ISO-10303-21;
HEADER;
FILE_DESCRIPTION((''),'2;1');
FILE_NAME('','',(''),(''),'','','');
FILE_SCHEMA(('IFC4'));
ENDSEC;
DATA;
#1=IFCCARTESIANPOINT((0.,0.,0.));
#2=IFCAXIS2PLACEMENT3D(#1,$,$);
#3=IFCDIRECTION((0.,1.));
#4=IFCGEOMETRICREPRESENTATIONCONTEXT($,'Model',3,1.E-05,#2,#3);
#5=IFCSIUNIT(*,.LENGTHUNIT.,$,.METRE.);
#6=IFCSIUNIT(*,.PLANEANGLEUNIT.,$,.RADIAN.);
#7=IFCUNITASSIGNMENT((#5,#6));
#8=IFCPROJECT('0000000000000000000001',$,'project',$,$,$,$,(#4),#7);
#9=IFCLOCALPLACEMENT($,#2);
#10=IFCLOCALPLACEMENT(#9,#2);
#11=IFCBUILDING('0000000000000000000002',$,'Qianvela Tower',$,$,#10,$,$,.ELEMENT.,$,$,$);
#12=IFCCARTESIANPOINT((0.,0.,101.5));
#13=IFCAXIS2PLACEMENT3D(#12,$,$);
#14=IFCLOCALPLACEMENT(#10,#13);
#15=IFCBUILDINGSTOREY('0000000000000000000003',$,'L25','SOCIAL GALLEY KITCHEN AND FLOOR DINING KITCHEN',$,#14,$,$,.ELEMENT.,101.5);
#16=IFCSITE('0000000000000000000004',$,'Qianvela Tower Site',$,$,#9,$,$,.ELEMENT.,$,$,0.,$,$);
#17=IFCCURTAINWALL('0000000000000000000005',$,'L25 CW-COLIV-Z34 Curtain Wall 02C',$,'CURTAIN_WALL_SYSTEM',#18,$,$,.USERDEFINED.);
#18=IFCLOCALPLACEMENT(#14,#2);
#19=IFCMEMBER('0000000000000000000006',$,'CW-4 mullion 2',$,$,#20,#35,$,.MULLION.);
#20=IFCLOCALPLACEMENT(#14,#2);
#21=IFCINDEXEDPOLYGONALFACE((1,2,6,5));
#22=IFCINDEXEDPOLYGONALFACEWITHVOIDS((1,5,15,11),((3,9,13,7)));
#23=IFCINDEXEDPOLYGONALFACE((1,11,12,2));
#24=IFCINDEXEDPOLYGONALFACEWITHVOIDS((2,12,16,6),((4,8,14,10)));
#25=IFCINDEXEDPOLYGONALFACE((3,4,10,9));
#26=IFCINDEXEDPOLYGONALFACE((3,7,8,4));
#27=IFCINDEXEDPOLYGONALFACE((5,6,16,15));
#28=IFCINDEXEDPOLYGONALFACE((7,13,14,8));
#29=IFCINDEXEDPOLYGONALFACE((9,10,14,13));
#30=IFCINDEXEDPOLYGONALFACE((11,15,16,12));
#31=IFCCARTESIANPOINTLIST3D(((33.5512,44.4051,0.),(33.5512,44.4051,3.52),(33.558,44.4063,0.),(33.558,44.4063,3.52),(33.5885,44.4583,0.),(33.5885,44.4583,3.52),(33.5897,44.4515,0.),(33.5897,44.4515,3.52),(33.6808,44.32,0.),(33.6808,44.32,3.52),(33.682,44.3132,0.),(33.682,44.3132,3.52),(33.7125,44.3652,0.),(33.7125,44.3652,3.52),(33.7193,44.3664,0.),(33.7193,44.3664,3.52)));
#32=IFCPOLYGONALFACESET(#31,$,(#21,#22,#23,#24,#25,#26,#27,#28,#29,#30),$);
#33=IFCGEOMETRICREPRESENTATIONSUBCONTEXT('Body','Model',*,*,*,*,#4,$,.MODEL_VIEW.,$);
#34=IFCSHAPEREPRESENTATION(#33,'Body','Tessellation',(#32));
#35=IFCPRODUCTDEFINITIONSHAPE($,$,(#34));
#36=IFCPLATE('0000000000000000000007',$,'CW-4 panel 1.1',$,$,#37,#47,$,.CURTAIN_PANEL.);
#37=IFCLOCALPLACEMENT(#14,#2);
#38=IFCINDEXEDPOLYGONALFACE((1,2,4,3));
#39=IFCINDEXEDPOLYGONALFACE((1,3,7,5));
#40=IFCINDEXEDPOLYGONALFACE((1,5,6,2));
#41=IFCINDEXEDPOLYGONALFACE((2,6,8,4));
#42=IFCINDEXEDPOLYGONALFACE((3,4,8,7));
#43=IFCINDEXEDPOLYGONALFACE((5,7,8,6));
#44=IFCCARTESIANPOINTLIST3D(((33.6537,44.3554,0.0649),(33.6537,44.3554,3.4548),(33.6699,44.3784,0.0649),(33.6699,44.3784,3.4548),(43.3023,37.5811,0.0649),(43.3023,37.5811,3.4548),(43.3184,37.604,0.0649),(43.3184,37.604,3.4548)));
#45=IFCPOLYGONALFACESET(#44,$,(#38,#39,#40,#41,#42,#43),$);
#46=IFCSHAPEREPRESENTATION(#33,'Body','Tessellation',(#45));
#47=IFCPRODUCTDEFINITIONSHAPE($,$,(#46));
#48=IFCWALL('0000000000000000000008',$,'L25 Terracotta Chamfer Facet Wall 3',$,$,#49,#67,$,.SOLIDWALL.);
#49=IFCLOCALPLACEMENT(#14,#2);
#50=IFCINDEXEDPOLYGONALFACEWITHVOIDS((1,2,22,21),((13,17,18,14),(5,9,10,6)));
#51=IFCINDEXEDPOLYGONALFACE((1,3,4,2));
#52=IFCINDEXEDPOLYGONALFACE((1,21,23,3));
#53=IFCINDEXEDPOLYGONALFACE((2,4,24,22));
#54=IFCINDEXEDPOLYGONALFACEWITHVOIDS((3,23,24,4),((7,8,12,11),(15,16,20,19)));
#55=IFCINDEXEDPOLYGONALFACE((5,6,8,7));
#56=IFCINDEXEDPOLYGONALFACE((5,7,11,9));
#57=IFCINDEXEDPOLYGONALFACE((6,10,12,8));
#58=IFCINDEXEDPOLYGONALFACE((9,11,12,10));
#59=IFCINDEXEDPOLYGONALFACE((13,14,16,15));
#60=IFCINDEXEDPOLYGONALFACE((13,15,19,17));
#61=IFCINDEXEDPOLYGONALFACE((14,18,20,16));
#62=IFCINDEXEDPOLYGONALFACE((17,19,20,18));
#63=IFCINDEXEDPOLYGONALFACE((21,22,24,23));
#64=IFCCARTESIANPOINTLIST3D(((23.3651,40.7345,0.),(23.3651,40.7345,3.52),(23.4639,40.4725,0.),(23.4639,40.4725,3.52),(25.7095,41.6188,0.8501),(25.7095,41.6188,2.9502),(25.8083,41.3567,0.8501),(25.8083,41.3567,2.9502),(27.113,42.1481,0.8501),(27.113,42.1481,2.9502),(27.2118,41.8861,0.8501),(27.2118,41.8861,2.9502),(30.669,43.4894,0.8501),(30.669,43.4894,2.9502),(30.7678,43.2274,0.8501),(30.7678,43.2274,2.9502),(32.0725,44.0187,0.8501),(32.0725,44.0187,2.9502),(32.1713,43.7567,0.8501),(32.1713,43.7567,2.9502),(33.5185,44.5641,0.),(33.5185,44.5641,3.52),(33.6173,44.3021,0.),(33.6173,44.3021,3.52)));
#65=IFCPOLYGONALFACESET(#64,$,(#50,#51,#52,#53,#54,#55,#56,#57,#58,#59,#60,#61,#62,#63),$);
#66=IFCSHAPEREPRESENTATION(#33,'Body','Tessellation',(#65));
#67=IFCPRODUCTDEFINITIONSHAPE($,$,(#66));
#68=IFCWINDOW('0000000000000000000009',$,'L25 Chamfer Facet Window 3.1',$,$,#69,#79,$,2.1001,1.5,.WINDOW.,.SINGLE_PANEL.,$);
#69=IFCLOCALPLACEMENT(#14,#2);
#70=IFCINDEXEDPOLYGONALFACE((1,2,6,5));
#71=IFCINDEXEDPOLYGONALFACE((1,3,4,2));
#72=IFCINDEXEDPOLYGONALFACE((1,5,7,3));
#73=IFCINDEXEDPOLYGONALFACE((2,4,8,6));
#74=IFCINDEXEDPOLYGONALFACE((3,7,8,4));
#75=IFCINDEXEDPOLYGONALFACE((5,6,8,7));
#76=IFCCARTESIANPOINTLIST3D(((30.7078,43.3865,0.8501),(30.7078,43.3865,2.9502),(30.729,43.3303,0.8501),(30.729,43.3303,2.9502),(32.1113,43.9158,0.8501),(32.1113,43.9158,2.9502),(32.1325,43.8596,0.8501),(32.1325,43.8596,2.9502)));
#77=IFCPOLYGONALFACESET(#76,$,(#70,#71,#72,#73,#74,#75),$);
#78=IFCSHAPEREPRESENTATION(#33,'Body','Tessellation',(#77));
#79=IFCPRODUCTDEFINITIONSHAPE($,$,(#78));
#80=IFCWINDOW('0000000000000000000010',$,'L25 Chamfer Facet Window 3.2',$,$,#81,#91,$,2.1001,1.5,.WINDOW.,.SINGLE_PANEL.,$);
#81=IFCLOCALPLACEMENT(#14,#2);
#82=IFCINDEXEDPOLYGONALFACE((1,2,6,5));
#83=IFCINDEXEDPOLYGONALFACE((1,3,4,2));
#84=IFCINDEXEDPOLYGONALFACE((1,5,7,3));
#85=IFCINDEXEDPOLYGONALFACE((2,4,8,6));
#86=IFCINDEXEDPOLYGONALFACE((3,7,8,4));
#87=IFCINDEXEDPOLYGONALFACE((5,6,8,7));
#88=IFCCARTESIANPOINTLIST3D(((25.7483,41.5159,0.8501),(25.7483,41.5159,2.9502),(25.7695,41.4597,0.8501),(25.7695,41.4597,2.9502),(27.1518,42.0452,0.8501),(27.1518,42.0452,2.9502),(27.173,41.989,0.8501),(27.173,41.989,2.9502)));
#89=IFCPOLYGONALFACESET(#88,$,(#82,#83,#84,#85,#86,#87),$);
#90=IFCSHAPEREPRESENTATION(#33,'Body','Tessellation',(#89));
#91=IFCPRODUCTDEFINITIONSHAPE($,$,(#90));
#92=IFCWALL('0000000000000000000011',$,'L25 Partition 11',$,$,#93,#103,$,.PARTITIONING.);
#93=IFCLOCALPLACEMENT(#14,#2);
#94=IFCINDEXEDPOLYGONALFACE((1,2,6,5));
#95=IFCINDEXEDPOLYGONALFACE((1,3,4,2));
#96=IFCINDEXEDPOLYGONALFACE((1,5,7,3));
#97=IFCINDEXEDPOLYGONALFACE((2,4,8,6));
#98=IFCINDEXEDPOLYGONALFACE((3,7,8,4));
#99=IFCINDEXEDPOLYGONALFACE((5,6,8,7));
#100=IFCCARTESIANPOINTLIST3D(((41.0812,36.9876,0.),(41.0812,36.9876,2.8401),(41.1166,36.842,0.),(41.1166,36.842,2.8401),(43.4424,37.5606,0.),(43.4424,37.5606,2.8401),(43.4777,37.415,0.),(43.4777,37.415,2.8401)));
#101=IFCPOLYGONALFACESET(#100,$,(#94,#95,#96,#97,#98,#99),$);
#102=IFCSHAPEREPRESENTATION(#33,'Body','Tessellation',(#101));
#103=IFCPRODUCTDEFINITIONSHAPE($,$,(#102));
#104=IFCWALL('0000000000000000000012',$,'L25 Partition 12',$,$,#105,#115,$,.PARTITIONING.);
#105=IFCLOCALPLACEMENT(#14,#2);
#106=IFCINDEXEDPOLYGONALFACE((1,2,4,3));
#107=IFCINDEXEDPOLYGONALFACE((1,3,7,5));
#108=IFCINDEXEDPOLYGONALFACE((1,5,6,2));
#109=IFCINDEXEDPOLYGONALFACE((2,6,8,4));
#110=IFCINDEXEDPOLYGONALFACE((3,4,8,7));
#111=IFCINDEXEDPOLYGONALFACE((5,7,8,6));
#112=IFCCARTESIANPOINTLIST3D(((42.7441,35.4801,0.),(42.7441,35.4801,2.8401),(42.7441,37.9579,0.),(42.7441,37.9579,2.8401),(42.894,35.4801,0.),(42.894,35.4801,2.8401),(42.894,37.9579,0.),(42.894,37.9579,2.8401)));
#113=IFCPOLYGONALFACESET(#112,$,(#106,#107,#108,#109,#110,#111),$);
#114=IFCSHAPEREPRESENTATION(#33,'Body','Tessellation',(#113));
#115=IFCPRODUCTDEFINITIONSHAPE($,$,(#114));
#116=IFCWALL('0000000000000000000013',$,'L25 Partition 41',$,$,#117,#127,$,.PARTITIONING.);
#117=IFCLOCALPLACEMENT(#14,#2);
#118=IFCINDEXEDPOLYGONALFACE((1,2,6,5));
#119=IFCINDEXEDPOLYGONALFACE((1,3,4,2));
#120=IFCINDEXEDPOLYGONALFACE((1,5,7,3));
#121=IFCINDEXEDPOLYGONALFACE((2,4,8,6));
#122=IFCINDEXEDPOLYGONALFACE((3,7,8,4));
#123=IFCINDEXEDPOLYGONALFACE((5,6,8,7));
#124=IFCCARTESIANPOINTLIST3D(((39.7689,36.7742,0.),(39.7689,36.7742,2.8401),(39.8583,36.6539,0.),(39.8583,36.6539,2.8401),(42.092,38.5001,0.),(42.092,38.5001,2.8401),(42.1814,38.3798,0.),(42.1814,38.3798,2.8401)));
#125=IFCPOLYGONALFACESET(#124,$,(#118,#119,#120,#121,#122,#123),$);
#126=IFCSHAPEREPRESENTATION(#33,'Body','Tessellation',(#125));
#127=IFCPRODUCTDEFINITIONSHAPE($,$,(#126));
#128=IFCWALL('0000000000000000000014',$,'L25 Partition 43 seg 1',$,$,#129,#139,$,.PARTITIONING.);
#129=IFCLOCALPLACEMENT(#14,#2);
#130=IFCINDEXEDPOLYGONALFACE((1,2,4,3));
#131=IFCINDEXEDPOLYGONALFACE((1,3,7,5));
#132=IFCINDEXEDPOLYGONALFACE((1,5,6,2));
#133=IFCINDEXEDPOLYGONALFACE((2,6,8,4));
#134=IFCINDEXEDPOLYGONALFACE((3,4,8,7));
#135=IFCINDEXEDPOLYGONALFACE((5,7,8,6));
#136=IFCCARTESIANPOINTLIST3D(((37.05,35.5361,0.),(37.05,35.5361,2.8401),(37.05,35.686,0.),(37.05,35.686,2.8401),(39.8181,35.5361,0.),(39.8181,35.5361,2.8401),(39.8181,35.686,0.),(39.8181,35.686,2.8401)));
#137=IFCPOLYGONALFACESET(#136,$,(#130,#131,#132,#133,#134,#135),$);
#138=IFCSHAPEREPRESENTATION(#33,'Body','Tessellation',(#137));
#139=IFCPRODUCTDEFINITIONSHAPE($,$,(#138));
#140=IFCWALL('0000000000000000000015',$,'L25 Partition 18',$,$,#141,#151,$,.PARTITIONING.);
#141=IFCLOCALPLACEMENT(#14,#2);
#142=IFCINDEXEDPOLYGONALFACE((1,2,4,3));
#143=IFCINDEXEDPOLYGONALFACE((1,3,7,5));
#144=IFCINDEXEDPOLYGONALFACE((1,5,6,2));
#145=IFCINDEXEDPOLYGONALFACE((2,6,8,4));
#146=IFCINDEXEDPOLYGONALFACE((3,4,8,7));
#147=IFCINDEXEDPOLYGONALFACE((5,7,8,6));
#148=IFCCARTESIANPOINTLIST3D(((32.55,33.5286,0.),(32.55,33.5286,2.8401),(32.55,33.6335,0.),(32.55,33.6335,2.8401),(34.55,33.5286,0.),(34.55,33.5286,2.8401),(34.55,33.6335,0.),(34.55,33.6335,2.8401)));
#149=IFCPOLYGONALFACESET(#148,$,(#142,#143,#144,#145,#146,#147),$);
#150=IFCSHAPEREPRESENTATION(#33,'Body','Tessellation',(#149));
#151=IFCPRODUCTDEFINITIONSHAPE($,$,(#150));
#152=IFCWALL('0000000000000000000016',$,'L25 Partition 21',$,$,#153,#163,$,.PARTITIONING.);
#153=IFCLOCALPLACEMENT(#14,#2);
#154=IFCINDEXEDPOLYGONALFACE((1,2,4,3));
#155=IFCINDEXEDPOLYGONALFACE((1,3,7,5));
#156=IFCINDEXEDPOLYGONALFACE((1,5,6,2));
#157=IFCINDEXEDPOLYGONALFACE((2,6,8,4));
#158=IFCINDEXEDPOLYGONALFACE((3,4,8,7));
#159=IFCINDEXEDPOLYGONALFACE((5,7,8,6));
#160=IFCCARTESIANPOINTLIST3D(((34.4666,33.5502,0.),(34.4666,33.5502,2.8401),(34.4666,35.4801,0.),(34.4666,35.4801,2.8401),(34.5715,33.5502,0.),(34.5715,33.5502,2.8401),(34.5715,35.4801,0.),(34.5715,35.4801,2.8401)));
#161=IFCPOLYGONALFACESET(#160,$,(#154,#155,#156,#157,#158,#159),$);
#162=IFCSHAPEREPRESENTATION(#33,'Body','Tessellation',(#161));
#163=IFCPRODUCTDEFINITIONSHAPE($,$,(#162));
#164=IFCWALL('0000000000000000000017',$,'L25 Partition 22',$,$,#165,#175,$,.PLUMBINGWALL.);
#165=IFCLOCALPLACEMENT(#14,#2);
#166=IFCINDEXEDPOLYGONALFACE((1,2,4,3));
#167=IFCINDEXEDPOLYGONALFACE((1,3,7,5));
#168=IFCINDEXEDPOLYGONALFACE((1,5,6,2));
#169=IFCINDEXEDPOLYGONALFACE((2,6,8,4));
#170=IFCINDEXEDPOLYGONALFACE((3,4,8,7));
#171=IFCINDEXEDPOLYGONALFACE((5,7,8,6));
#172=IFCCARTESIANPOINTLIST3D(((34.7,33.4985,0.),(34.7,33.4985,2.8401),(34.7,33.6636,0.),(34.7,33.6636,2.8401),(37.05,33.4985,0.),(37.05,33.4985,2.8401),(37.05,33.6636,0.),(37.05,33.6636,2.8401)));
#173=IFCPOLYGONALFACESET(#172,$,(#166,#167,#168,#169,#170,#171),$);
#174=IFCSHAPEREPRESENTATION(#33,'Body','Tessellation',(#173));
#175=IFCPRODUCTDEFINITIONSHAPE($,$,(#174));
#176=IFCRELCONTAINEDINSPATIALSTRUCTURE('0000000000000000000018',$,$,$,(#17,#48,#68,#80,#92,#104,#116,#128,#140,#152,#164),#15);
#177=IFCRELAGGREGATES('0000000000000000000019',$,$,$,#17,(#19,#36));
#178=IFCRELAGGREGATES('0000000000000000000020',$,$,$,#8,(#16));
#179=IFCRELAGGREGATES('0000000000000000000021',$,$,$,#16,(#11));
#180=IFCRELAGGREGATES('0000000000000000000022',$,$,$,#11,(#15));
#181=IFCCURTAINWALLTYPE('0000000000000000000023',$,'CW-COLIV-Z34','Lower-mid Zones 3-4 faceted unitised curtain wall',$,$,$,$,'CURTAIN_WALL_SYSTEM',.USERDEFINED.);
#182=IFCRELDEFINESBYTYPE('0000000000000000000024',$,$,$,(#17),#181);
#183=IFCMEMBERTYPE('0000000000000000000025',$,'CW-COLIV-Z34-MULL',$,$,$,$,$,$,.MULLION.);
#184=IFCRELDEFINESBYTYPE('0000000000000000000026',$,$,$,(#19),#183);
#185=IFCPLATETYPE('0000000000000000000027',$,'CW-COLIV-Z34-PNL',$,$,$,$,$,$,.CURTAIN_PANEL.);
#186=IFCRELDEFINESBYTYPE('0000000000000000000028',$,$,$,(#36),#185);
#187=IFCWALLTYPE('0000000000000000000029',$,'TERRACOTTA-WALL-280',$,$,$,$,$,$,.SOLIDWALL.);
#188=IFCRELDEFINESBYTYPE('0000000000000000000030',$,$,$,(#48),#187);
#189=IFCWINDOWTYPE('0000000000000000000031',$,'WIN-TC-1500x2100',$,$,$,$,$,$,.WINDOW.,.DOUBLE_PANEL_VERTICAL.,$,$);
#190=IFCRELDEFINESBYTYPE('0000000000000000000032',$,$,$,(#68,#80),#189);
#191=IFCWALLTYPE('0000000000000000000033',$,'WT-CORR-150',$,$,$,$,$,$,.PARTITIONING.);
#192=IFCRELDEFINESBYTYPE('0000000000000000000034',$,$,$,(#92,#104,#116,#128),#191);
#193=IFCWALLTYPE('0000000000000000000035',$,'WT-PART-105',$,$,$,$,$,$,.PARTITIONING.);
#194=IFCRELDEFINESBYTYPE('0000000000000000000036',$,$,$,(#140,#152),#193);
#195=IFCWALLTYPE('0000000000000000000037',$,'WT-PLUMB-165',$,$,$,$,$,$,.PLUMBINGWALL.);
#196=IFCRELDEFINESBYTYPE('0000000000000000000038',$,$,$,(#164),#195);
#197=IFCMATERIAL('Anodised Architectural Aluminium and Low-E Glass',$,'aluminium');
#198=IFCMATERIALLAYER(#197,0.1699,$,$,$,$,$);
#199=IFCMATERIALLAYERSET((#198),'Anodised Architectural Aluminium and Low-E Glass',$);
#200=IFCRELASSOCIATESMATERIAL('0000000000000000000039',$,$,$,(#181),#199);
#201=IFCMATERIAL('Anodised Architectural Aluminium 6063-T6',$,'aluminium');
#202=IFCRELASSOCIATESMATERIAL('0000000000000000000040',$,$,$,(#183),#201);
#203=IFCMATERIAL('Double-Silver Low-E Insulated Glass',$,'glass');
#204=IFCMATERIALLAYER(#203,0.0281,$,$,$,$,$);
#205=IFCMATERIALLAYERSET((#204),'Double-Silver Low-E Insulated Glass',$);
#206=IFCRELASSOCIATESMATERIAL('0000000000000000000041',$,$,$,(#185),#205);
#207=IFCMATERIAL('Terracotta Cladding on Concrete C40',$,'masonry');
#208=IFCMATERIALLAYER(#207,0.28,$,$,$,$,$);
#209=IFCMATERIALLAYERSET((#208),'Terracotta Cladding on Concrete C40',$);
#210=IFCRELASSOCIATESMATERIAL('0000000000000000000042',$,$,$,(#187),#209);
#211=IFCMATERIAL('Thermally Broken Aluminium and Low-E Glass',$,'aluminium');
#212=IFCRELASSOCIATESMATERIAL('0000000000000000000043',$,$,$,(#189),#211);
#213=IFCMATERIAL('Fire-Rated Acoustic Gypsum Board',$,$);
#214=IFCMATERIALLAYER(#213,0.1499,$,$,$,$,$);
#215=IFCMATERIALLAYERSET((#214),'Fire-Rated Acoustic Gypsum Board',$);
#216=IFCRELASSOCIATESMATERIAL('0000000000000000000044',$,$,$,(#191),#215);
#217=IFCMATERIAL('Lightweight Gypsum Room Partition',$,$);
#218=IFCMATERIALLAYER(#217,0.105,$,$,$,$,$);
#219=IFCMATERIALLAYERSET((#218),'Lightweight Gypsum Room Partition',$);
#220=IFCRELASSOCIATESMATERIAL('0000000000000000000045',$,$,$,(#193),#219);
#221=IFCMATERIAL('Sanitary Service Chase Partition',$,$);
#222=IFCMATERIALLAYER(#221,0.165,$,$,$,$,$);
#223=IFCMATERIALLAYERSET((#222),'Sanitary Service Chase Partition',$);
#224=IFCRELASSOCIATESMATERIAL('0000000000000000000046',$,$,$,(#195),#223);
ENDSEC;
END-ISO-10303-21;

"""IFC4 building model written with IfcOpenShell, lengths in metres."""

from ifc_helpers import new_model, si_unit, direction, frame, frame_2d, origin, origin_2d, place, context, subcontext, project, spatial, rectangle, hollow_rectangle, extrude, material, layer, layer_set, material_profile, profile_set, type_object, element, fill, aggregate, save


model = new_model("IFC4")

# Units and contexts
model_context = context("Model", 3, precision=1e-05, world=origin(), true_north=direction((0.0, 1.0)))
body_context = subcontext(model_context, "Body", "Model", "MODEL_VIEW")
ifc_project = project(units=[si_unit("LENGTHUNIT", "METRE"), si_unit("PLANEANGLEUNIT", "RADIAN")], contexts=[model_context])

# Site, building, storey
site_placement = place(None, origin())
site = spatial("IfcSite", under=ifc_project, at=site_placement, Name="Qianvela Tower Site", CompositionType="ELEMENT", RefElevation=0.0)
building_placement = place(site_placement, origin())
building = spatial("IfcBuilding", under=site, at=building_placement, Name="Qianvela Tower", CompositionType="ELEMENT")
storey_placement = place(building_placement, frame((0.0, 0.0, 101.5)))
storey = spatial("IfcBuildingStorey", under=building, at=storey_placement, Name="L25", Description="SOCIAL GALLEY KITCHEN AND FLOOR DINING KITCHEN", CompositionType="ELEMENT", Elevation=101.5)

# Curtain wall, member, plate
ifc_material_1 = material(Name="Anodised Architectural Aluminium and Low-E Glass", Category="aluminium")
ifc_layer_1 = layer(ifc_material_1, 0.1699)
ifc_layer_set_1 = layer_set([ifc_layer_1], Name="Anodised Architectural Aluminium and Low-E Glass")
curtain_wall_type = type_object("IfcCurtainWallType", Name="CW-COLIV-Z34", Description="Lower-mid Zones 3-4 faceted unitised curtain wall", ElementType="CURTAIN_WALL_SYSTEM", PredefinedType="USERDEFINED", material=ifc_layer_set_1)
curtain_wall_placement = place(storey_placement, origin())
curtain_wall = element("IfcCurtainWall", 1, at=curtain_wall_placement, inside=storey, type_object=curtain_wall_type, Name="L25 CW-COLIV-Z34 Curtain Wall 02C", ObjectType="CURTAIN_WALL_SYSTEM", PredefinedType="USERDEFINED")
ifc_material_2 = material(Name="Anodised Architectural Aluminium 6063-T6", Category="aluminium")
ifc_material_profile = material_profile(ifc_material_2, hollow_rectangle(XDim=0.0649, YDim=0.1599, WallThickness=0.0049, at=origin_2d()), Name="ALU-MULL-65x160")
ifc_profile_set = profile_set([ifc_material_profile], Name="Anodised Architectural Aluminium 6063-T6")
member_type = type_object("IfcMemberType", Name="CW-COLIV-Z34-MULL", PredefinedType="MULLION", material=ifc_profile_set)
member_placement = place(storey_placement, frame((33.6353, 44.3857, 0.0), z_axis=(0.0, 0.0, 1.0), x_axis=(-0.574622, -0.818419, 0.0)))
member = element("IfcMember", 2, at=member_placement, type_object=member_type, Name="CW-4 mullion 2", PredefinedType="MULLION", context=body_context, shape_type="SweptSolid", body=[
    extrude(hollow_rectangle(XDim=0.0649, YDim=0.1599, WallThickness=0.0049, at=origin_2d()), origin(), (0.0, 0.0, 1.0), 3.52),
])
ifc_material_3 = material(Name="Double-Silver Low-E Insulated Glass", Category="glass")
ifc_layer_2 = layer(ifc_material_3, 0.0281)
ifc_layer_set_2 = layer_set([ifc_layer_2], Name="Double-Silver Low-E Insulated Glass")
plate_type = type_object("IfcPlateType", Name="CW-COLIV-Z34-PNL", PredefinedType="CURTAIN_PANEL", material=ifc_layer_set_2)
plate_placement = place(storey_placement, frame((38.4861, 40.9797, 0.0649), z_axis=(0.0, 0.0, 1.0), x_axis=(-0.818419, 0.574622, 0.0)))
plate = element("IfcPlate", 3, at=plate_placement, type_object=plate_type, Name="CW-4 panel 1.1", PredefinedType="CURTAIN_PANEL", context=body_context, shape_type="SweptSolid", body=[
    extrude(rectangle(XDim=11.7893, YDim=0.0281, at=origin_2d()), origin(), (0.0, 0.0, 1.0), 3.3899),
])
aggregate(curtain_wall, [member, plate])

# Wall, openings, windows
ifc_material_4 = material(Name="Terracotta Cladding on Concrete C40", Category="masonry")
ifc_layer_3 = layer(ifc_material_4, 0.28)
ifc_layer_set_3 = layer_set([ifc_layer_3], Name="Terracotta Cladding on Concrete C40")
wall_type_1 = type_object("IfcWallType", Name="TERRACOTTA-WALL-280", PredefinedType="SOLIDWALL", material=ifc_layer_set_3)
wall_1_placement = place(storey_placement, frame((33.5679, 44.4331, 0.0), z_axis=(0.0, 0.0, 1.0), x_axis=(-0.935658, -0.352908, 0.0)))
wall_1 = element("IfcWall", 4, at=wall_1_placement, inside=storey, type_object=wall_type_1, Name="L25 Terracotta Chamfer Facet Wall 3", PredefinedType="SOLIDWALL", context=body_context, shape_type="SweptSolid", body=[
    extrude(rectangle(XDim=10.8516, YDim=0.28, at=frame_2d((5.4258, 0.0))), origin(), (0.0, 0.0, 1.0), 3.52),
])
opening_1_placement = place(wall_1_placement, frame((1.5454, 0.0, 0.8501)))
opening_1 = element("IfcOpeningElement", 5, at=opening_1_placement, cuts=wall_1, PredefinedType="OPENING", context=body_context, shape_type="SweptSolid", body=[
    extrude(rectangle(XDim=1.5, YDim=2.1001, at=frame_2d((0.75, 1.05))), frame((0.0, 0.1499, 0.0), z_axis=(0.0, -1.0, 0.0), x_axis=(1.0, 0.0, 0.0)), (0.0, 0.0, 1.0), 0.3),
])
opening_2_placement = place(wall_1_placement, frame((6.8459, 0.0, 0.8501)))
opening_2 = element("IfcOpeningElement", 6, at=opening_2_placement, cuts=wall_1, PredefinedType="OPENING", context=body_context, shape_type="SweptSolid", body=[
    extrude(rectangle(XDim=1.5, YDim=2.1001, at=frame_2d((0.75, 1.05))), frame((0.0, 0.1499, 0.0), z_axis=(0.0, -1.0, 0.0), x_axis=(1.0, 0.0, 0.0)), (0.0, 0.0, 1.0), 0.3),
])
ifc_material_5 = material(Name="Thermally Broken Aluminium and Low-E Glass", Category="aluminium")
window_type = type_object("IfcWindowType", Name="WIN-TC-1500x2100", PartitioningType="DOUBLE_PANEL_VERTICAL", PredefinedType="WINDOW", material=ifc_material_5)
window_1_placement = place(opening_1_placement, origin())
window_1 = element("IfcWindow", 7, at=window_1_placement, inside=storey, type_object=window_type, Name="L25 Chamfer Facet Window 3.1", OverallHeight=2.1001, OverallWidth=1.5, PartitioningType="SINGLE_PANEL", PredefinedType="WINDOW", context=body_context, shape_type="SweptSolid", body=[
    extrude(rectangle(XDim=1.5, YDim=2.1001, at=frame_2d((0.75, 1.05))), frame((0.0, 0.03, 0.0), z_axis=(0.0, -1.0, 0.0), x_axis=(1.0, 0.0, 0.0)), (0.0, 0.0, 1.0), 0.0601),
])
fill(opening_1, window_1)
window_2_placement = place(opening_2_placement, origin())
window_2 = element("IfcWindow", 8, at=window_2_placement, inside=storey, type_object=window_type, Name="L25 Chamfer Facet Window 3.2", OverallHeight=2.1001, OverallWidth=1.5, PartitioningType="SINGLE_PANEL", PredefinedType="WINDOW", context=body_context, shape_type="SweptSolid", body=[
    extrude(rectangle(XDim=1.5, YDim=2.1001, at=frame_2d((0.75, 1.05))), frame((0.0, 0.03, 0.0), z_axis=(0.0, -1.0, 0.0), x_axis=(1.0, 0.0, 0.0)), (0.0, 0.0, 1.0), 0.0601),
])
fill(opening_2, window_2)

# Walls
ifc_material_6 = material(Name="Fire-Rated Acoustic Gypsum Board")
ifc_layer_4 = layer(ifc_material_6, 0.1499)
ifc_layer_set_4 = layer_set([ifc_layer_4], Name="Fire-Rated Acoustic Gypsum Board")
wall_type_2 = type_object("IfcWallType", Name="WT-CORR-150", PredefinedType="PARTITIONING", material=ifc_layer_set_4)
wall_2_placement = place(storey_placement, frame((41.0989, 36.9148, 0.0), z_axis=(0.0, 0.0, 1.0), x_axis=(0.971792, 0.235839, 0.0)))
element("IfcWall", 9, at=wall_2_placement, inside=storey, type_object=wall_type_2, Name="L25 Partition 11", PredefinedType="PARTITIONING", context=body_context, shape_type="SweptSolid", body=[
    extrude(rectangle(XDim=2.4297, YDim=0.1499, at=frame_2d((1.2148, 0.0))), origin(), (0.0, 0.0, 1.0), 2.8401),
])
wall_3_placement = place(storey_placement, frame((42.8191, 37.9578, 0.0), z_axis=(0.0, 0.0, 1.0), x_axis=(0.0, -1.0, 0.0)))
element("IfcWall", 10, at=wall_3_placement, inside=storey, type_object=wall_type_2, Name="L25 Partition 12", PredefinedType="PARTITIONING", context=body_context, shape_type="SweptSolid", body=[
    extrude(rectangle(XDim=2.4778, YDim=0.1499, at=frame_2d((1.2388, 0.0))), origin(), (0.0, 0.0, 1.0), 2.8401),
])
wall_4_placement = place(storey_placement, frame((42.1367, 38.4399, 0.0), z_axis=(0.0, 0.0, 1.0), x_axis=(-0.802715, -0.596363, 0.0)))
element("IfcWall", 11, at=wall_4_placement, inside=storey, type_object=wall_type_2, Name="L25 Partition 41", PredefinedType="PARTITIONING", context=body_context, shape_type="SweptSolid", body=[
    extrude(rectangle(XDim=2.894, YDim=0.1499, at=frame_2d((1.447, 0.0))), origin(), (0.0, 0.0, 1.0), 2.8401),
])
wall_5_placement = place(storey_placement, frame((39.8181, 35.6111, 0.0), z_axis=(0.0, 0.0, 1.0), x_axis=(-1.0, 0.0, 0.0)))
element("IfcWall", 12, at=wall_5_placement, inside=storey, type_object=wall_type_2, Name="L25 Partition 43 seg 1", PredefinedType="PARTITIONING", context=body_context, shape_type="SweptSolid", body=[
    extrude(rectangle(XDim=2.7681, YDim=0.1499, at=frame_2d((1.384, 0.0))), origin(), (0.0, 0.0, 1.0), 2.8401),
])
ifc_material_7 = material(Name="Lightweight Gypsum Room Partition")
ifc_layer_5 = layer(ifc_material_7, 0.105)
ifc_layer_set_5 = layer_set([ifc_layer_5], Name="Lightweight Gypsum Room Partition")
wall_type_3 = type_object("IfcWallType", Name="WT-PART-105", PredefinedType="PARTITIONING", material=ifc_layer_set_5)
wall_6_placement = place(storey_placement, frame((34.55, 33.5811, 0.0), z_axis=(0.0, 0.0, 1.0), x_axis=(-1.0, 0.0, 0.0)))
element("IfcWall", 13, at=wall_6_placement, inside=storey, type_object=wall_type_3, Name="L25 Partition 18", PredefinedType="PARTITIONING", context=body_context, shape_type="SweptSolid", body=[
    extrude(rectangle(XDim=2.0, YDim=0.105, at=frame_2d((1.0, 0.0))), origin(), (0.0, 0.0, 1.0), 2.8401),
])
wall_7_placement = place(storey_placement, frame((34.519, 35.48, 0.0), z_axis=(0.0, 0.0, 1.0), x_axis=(0.0, -1.0, 0.0)))
element("IfcWall", 14, at=wall_7_placement, inside=storey, type_object=wall_type_3, Name="L25 Partition 21", PredefinedType="PARTITIONING", context=body_context, shape_type="SweptSolid", body=[
    extrude(rectangle(XDim=1.9299, YDim=0.105, at=frame_2d((0.9648, 0.0))), origin(), (0.0, 0.0, 1.0), 2.8401),
])
ifc_material_8 = material(Name="Sanitary Service Chase Partition")
ifc_layer_6 = layer(ifc_material_8, 0.165)
ifc_layer_set_6 = layer_set([ifc_layer_6], Name="Sanitary Service Chase Partition")
wall_type_4 = type_object("IfcWallType", Name="WT-PLUMB-165", PredefinedType="PLUMBINGWALL", material=ifc_layer_set_6)
wall_8_placement = place(storey_placement, frame((37.05, 33.5811, 0.0), z_axis=(0.0, 0.0, 1.0), x_axis=(-1.0, 0.0, 0.0)))
element("IfcWall", 15, at=wall_8_placement, inside=storey, type_object=wall_type_4, Name="L25 Partition 22", PredefinedType="PLUMBINGWALL", context=body_context, shape_type="SweptSolid", body=[
    extrude(rectangle(XDim=2.3501, YDim=0.165, at=frame_2d((1.175, 0.0))), origin(), (0.0, 0.0, 1.0), 2.8401),
])

save(model, "model.ifc")
